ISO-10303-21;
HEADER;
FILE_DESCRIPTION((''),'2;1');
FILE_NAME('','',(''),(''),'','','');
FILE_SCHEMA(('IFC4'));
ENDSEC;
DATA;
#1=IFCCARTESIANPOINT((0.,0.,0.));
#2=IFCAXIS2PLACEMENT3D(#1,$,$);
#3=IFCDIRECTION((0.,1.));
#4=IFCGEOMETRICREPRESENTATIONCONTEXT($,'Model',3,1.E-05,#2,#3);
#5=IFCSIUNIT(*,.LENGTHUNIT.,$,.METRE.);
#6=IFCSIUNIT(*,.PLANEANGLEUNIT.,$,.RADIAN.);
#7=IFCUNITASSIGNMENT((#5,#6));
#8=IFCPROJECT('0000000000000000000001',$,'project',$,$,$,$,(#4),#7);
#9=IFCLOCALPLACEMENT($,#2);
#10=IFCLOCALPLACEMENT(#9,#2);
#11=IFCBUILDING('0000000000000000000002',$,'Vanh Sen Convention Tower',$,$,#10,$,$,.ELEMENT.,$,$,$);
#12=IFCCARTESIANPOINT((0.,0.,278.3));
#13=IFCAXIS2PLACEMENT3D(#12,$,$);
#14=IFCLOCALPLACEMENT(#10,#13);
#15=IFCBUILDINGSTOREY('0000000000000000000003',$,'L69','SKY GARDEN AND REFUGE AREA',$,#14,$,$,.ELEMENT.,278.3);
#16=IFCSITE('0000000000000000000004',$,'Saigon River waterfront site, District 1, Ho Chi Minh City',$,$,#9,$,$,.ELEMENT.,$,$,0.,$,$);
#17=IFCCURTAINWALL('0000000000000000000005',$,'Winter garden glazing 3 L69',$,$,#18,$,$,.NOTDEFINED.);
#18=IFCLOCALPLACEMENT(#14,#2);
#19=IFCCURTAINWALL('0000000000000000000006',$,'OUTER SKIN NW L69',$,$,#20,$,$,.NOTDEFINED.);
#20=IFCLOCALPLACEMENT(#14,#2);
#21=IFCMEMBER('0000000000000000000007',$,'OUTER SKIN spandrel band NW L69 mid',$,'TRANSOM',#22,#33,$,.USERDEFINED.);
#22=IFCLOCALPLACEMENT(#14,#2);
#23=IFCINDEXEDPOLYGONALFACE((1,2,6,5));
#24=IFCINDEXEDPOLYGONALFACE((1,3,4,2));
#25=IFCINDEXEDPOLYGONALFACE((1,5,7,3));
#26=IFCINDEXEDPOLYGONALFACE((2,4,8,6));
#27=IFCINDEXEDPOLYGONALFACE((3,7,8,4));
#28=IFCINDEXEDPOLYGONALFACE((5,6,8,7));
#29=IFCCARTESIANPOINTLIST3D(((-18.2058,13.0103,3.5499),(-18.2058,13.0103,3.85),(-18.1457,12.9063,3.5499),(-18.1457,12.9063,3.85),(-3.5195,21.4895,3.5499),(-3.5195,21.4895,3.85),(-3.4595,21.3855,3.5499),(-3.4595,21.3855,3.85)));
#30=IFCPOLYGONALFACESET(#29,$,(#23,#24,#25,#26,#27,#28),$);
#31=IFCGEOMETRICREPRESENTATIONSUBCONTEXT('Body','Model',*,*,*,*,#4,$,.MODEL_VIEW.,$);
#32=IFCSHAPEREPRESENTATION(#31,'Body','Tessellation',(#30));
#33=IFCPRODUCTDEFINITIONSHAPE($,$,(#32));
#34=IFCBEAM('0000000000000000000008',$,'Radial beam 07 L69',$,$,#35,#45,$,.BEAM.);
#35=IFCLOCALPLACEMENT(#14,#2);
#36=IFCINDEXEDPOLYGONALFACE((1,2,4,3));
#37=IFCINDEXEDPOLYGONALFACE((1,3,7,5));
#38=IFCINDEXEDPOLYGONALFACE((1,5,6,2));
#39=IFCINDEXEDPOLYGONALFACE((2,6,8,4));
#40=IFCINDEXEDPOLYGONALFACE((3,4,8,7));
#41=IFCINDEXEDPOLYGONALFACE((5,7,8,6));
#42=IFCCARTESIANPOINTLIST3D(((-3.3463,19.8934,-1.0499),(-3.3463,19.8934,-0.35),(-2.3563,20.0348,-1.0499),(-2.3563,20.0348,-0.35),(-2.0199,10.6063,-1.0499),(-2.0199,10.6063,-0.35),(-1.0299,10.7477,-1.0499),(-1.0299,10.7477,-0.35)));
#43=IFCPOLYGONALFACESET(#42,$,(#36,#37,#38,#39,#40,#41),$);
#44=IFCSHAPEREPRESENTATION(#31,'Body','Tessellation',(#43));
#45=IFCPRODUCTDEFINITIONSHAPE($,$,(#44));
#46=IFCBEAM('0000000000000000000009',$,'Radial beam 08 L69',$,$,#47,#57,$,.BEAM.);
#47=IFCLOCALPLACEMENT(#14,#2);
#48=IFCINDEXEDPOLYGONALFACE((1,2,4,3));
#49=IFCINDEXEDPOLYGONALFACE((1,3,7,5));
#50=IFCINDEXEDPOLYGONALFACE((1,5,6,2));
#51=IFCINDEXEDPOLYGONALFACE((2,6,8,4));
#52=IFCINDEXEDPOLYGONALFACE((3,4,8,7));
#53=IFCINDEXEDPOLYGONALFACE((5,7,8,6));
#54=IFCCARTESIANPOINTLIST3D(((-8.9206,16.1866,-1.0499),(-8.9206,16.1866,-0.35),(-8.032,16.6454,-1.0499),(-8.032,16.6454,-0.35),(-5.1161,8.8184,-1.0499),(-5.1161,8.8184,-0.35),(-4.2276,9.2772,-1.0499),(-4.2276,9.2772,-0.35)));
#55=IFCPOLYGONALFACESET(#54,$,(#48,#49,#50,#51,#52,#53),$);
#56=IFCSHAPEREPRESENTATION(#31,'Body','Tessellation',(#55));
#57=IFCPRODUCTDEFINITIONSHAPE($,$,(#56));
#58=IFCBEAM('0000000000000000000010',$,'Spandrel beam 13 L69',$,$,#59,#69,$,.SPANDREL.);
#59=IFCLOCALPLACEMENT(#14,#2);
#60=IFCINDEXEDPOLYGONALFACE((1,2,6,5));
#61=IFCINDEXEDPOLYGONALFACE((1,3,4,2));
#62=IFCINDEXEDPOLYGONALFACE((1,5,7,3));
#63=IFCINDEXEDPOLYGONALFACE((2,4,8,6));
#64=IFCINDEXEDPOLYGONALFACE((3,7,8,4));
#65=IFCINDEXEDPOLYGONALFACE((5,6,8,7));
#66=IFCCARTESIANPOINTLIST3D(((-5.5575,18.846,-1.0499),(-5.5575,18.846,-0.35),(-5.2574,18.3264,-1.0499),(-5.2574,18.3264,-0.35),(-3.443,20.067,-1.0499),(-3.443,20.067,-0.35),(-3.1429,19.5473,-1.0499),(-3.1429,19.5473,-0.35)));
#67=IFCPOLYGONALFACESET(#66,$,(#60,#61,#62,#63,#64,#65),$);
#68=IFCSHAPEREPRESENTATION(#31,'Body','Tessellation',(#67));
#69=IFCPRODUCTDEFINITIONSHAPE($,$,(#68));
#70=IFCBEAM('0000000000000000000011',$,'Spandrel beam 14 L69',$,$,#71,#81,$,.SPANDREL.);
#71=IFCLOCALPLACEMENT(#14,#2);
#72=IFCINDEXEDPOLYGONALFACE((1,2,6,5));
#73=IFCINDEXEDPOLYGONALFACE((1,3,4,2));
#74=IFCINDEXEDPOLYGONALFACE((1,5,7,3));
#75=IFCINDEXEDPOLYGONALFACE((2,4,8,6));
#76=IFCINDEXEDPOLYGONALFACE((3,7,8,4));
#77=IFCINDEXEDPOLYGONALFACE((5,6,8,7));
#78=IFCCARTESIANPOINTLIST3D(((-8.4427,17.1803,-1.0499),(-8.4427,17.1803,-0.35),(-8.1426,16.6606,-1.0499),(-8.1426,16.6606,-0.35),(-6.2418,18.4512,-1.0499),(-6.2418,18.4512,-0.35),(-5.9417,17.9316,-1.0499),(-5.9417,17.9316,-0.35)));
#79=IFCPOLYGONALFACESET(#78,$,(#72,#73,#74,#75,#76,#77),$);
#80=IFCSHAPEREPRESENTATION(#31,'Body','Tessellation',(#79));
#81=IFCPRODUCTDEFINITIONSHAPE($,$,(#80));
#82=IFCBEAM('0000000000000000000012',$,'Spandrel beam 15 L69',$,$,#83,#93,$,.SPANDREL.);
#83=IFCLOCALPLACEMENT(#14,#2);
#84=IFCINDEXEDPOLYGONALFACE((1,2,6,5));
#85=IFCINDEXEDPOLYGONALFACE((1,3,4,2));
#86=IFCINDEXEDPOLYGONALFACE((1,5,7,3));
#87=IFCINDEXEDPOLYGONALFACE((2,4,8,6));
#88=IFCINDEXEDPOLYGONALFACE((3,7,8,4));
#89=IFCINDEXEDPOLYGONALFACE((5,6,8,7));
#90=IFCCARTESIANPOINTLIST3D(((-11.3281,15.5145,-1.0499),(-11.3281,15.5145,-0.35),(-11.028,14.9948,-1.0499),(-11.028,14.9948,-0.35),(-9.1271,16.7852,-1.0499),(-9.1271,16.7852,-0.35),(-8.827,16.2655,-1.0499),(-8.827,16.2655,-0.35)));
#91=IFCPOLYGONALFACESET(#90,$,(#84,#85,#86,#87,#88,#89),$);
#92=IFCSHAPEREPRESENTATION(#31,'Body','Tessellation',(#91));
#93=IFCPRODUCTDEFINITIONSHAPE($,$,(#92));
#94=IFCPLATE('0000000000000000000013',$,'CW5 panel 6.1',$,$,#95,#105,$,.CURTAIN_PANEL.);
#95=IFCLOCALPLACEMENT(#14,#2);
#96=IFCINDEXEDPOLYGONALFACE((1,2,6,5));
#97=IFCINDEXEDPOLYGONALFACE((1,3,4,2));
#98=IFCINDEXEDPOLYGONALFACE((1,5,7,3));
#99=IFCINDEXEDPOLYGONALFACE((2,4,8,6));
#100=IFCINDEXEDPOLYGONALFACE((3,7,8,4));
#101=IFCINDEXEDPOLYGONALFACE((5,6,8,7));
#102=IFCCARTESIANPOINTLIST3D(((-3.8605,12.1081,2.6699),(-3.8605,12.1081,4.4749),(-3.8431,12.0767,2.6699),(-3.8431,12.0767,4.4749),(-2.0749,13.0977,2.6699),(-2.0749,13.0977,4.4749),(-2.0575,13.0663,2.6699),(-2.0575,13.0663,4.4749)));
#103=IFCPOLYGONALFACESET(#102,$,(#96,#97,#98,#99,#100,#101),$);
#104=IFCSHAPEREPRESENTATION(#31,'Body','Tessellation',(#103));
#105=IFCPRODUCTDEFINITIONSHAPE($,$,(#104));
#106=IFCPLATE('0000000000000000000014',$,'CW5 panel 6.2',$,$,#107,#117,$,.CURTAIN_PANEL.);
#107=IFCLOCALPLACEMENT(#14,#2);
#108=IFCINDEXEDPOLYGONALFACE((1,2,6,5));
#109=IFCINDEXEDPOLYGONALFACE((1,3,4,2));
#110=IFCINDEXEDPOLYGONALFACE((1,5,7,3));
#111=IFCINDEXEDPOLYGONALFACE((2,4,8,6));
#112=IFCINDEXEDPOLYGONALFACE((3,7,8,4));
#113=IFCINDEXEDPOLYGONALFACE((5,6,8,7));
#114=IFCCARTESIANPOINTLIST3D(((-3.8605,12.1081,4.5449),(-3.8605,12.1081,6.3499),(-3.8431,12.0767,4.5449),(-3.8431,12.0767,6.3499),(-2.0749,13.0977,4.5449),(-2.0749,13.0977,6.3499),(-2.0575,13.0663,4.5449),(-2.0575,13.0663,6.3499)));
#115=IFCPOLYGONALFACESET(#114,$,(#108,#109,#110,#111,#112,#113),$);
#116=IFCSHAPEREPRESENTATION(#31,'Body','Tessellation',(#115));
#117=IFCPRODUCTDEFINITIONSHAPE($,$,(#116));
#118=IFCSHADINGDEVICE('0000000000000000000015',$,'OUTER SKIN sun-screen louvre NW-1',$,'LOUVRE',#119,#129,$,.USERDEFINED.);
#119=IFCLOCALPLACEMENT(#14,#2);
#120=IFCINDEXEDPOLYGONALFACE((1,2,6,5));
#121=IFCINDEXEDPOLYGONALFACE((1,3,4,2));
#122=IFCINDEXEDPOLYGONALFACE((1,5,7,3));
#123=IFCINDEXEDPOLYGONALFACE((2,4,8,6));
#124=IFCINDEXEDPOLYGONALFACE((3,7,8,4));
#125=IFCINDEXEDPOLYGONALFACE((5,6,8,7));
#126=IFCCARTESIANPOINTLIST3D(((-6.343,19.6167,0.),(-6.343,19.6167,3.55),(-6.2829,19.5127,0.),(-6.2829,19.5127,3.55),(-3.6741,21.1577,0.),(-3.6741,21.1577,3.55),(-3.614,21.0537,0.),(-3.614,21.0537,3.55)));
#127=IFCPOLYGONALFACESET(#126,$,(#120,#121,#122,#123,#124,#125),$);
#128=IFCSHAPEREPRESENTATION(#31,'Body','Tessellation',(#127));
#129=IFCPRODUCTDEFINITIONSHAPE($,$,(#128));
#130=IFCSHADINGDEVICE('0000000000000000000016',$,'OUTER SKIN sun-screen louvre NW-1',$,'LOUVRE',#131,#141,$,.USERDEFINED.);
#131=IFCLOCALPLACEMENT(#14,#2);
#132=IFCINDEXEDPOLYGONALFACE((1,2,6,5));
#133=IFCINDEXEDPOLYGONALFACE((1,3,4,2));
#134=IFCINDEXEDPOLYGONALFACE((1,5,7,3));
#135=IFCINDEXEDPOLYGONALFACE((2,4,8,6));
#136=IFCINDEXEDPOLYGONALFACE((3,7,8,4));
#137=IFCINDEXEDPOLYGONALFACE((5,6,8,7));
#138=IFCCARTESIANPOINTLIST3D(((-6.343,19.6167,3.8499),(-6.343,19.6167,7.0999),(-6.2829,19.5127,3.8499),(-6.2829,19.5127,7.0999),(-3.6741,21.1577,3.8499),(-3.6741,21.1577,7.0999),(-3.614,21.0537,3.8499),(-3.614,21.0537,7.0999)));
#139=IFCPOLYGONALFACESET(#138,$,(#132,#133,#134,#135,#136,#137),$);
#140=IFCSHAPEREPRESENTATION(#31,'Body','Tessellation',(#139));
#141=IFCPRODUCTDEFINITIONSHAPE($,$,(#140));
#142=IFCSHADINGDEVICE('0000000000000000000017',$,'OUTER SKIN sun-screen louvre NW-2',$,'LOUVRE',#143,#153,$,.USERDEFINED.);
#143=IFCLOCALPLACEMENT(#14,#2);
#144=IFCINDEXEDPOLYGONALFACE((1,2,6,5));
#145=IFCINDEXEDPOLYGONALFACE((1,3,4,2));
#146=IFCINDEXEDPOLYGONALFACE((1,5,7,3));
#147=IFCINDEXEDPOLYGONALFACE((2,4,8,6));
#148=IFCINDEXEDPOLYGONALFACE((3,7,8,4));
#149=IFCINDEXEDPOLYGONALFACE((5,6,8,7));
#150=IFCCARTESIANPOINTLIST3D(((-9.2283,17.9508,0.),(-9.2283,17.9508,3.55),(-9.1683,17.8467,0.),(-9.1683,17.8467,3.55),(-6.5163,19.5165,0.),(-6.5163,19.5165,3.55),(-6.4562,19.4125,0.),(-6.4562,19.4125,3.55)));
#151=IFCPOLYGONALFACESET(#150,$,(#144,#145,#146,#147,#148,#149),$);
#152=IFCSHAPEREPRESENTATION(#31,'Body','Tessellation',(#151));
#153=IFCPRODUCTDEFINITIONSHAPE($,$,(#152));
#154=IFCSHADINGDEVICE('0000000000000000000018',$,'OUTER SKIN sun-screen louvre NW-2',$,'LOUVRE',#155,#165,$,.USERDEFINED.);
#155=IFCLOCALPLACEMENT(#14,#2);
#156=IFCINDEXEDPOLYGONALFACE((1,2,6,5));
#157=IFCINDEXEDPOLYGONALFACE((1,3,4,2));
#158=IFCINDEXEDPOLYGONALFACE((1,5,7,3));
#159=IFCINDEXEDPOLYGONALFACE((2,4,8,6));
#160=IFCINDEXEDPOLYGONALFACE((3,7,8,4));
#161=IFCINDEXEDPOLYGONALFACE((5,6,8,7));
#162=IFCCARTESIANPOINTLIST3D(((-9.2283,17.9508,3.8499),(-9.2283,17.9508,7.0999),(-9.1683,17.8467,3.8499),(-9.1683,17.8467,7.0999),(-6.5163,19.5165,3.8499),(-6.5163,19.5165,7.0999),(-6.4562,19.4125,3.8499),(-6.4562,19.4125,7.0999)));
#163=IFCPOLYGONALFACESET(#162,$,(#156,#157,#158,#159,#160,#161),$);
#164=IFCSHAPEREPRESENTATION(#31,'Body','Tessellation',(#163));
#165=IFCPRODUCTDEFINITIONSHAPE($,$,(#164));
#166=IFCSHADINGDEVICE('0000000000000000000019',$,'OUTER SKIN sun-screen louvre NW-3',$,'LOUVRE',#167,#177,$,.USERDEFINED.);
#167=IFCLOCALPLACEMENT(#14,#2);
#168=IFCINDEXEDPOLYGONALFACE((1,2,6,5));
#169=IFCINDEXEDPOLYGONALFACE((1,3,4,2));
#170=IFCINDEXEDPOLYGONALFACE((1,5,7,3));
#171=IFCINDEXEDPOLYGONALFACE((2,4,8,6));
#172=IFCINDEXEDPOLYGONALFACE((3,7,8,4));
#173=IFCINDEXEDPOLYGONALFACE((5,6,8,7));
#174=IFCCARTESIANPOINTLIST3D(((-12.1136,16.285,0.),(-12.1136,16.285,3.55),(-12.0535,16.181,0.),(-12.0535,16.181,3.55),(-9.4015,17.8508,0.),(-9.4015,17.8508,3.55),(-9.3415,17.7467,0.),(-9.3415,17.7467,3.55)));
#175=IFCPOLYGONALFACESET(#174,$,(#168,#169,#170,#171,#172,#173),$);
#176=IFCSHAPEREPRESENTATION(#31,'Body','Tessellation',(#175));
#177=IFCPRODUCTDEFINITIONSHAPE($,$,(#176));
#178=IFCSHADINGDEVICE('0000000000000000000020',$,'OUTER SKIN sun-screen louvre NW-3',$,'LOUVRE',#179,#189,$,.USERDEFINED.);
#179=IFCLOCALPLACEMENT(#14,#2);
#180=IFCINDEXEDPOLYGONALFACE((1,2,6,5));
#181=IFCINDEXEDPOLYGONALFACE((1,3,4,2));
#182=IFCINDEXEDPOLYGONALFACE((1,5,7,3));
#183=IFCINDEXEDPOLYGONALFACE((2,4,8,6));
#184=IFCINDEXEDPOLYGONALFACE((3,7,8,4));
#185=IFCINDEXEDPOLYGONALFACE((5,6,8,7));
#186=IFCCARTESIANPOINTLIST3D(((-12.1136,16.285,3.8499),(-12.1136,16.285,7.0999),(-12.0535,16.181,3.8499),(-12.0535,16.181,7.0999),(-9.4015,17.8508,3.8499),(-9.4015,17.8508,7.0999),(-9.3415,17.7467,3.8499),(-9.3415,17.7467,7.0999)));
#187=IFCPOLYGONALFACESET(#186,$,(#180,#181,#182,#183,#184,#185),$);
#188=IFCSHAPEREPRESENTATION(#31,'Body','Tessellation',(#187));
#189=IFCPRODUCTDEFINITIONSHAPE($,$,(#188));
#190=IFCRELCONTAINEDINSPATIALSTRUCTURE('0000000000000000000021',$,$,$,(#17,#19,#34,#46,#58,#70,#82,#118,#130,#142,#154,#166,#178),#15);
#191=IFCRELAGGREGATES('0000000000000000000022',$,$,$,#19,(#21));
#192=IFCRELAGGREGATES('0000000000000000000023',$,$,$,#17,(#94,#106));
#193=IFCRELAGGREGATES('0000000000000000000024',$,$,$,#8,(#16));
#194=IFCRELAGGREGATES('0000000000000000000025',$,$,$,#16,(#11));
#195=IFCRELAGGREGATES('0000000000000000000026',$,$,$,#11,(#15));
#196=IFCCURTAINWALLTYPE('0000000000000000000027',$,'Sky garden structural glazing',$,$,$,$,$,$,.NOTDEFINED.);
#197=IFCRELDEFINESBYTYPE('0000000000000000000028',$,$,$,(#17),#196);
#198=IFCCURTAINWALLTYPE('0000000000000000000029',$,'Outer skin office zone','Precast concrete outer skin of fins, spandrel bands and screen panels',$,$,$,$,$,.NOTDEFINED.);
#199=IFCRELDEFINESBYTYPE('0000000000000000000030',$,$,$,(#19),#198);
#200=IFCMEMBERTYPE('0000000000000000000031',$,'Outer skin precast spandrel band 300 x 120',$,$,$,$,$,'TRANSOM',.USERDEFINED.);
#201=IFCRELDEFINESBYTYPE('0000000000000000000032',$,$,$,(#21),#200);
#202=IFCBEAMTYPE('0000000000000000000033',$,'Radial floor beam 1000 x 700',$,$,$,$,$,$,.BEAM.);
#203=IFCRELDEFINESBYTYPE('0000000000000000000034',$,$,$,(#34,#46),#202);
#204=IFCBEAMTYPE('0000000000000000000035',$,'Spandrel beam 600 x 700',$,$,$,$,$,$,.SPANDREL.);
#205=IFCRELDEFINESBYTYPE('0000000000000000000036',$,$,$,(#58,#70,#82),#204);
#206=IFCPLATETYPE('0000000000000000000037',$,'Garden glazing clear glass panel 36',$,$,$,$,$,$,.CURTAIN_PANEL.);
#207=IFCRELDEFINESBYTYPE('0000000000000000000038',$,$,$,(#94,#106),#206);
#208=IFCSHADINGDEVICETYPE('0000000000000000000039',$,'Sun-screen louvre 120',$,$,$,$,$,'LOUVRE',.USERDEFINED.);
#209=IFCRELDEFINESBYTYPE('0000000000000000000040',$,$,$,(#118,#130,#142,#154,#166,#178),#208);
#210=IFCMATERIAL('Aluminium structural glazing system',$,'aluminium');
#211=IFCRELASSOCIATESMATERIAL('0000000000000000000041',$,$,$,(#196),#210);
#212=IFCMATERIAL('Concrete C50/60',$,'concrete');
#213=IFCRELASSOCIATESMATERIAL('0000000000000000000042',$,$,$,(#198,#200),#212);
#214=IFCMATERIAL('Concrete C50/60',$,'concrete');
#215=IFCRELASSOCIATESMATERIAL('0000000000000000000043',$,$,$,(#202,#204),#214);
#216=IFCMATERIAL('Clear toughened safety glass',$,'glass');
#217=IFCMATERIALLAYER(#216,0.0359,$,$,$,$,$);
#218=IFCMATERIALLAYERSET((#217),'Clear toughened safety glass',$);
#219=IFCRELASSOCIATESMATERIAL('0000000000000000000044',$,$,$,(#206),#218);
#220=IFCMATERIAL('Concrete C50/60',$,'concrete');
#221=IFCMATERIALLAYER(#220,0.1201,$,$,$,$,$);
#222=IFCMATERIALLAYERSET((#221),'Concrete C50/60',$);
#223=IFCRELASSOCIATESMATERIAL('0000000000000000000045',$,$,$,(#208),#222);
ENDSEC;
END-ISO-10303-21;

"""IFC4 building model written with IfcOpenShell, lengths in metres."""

from ifc_helpers import new_model, si_unit, direction, frame, origin, origin_2d, place, context, subcontext, project, spatial, rectangle, extrude, material, layer, layer_set, material_profile, profile_set, type_object, element, aggregate, save


model = new_model("IFC4")

# Units and contexts
model_context = context("Model", 3, precision=1e-05, world=origin(), true_north=direction((0.0, 1.0)))
body_context = subcontext(model_context, "Body", "Model", "MODEL_VIEW")
ifc_project = project(units=[si_unit("LENGTHUNIT", "METRE"), si_unit("PLANEANGLEUNIT", "RADIAN")], contexts=[model_context])

# Site, building, storey
site_placement = place(None, origin())
site = spatial("IfcSite", under=ifc_project, at=site_placement, Name="Saigon River waterfront site, District 1, Ho Chi Minh City", CompositionType="ELEMENT", RefElevation=0.0)
building_placement = place(site_placement, origin())
building = spatial("IfcBuilding", under=site, at=building_placement, Name="Vanh Sen Convention Tower", CompositionType="ELEMENT")
storey_placement = place(building_placement, frame((0.0, 0.0, 278.3)))
storey = spatial("IfcBuildingStorey", under=building, at=storey_placement, Name="L69", Description="SKY GARDEN AND REFUGE AREA", CompositionType="ELEMENT", Elevation=278.3)

# Curtain walls, member
ifc_material_1 = material(Name="Aluminium structural glazing system", Category="aluminium")
curtain_wall_type_1 = type_object("IfcCurtainWallType", Name="Sky garden structural glazing", PredefinedType="NOTDEFINED", material=ifc_material_1)
curtain_wall_1_placement = place(storey_placement, origin())
curtain_wall_1 = element("IfcCurtainWall", 1, at=curtain_wall_1_placement, inside=storey, type_object=curtain_wall_type_1, Name="Winter garden glazing 3 L69", PredefinedType="NOTDEFINED")
ifc_material_2 = material(Name="Concrete C50/60", Category="concrete")
curtain_wall_type_2 = type_object("IfcCurtainWallType", Name="Outer skin office zone", Description="Precast concrete outer skin of fins, spandrel bands and screen panels", PredefinedType="NOTDEFINED", material=ifc_material_2)
curtain_wall_2_placement = place(storey_placement, origin())
curtain_wall_2 = element("IfcCurtainWall", 2, at=curtain_wall_2_placement, inside=storey, type_object=curtain_wall_type_2, Name="OUTER SKIN NW L69", PredefinedType="NOTDEFINED")
ifc_material_profile_1 = material_profile(ifc_material_2, rectangle(XDim=0.1201, YDim=0.3, at=origin_2d()), Name="Outer skin precast spandrel band 300 x 120")
ifc_profile_set_1 = profile_set([ifc_material_profile_1], Name="Concrete C50/60")
member_type_1 = type_object("IfcMemberType", Name="Outer skin precast spandrel band 300 x 120", ElementType="TRANSOM", PredefinedType="USERDEFINED", material=ifc_profile_set_1)
member_1_placement = place(storey_placement, frame((-3.4895, 21.4375, 3.7), z_axis=(-0.866022, -0.500005, 0.0), x_axis=(0.500005, -0.866022, 0.0)))
member_1 = element("IfcMember", 3, at=member_1_placement, type_object=member_type_1, Name="OUTER SKIN spandrel band NW L69 mid", ObjectType="TRANSOM", PredefinedType="USERDEFINED", context=body_context, shape_type="SweptSolid", body=[
    extrude(rectangle(XDim=0.1201, YDim=0.3, at=origin_2d()), origin(), (0.0, 0.0, 1.0), 16.9583),
])
aggregate(curtain_wall_2, [member_1])

# Beams
ifc_material_3 = material(Name="Concrete C50/60", Category="concrete")
ifc_material_profile_2 = material_profile(ifc_material_3, rectangle(XDim=1.0, YDim=0.7, at=origin_2d()), Name="RC 1000X700")
ifc_profile_set_2 = profile_set([ifc_material_profile_2], Name="Concrete C50/60")
beam_type_1 = type_object("IfcBeamType", Name="Radial floor beam 1000 x 700", PredefinedType="BEAM", material=ifc_profile_set_2)
beam_1_placement = place(storey_placement, frame((-2.8513, 19.9641, -0.7), z_axis=(0.141389, -0.989954, 0.0), x_axis=(0.989954, 0.141389, 0.0)))
element("IfcBeam", 4, at=beam_1_placement, inside=storey, type_object=beam_type_1, Name="Radial beam 07 L69", PredefinedType="BEAM", context=body_context, shape_type="SweptSolid", body=[
    extrude(rectangle(XDim=1.0, YDim=0.7, at=origin_2d()), origin(), (0.0, 0.0, 1.0), 9.3813),
])
beam_2_placement = place(storey_placement, frame((-8.4763, 16.416, -0.7), z_axis=(0.458788, -0.888546, 0.0), x_axis=(0.888546, 0.458788, 0.0)))
element("IfcBeam", 5, at=beam_2_placement, inside=storey, type_object=beam_type_1, Name="Radial beam 08 L69", PredefinedType="BEAM", context=body_context, shape_type="SweptSolid", body=[
    extrude(rectangle(XDim=1.0, YDim=0.7, at=origin_2d()), origin(), (0.0, 0.0, 1.0), 8.2925),
])
ifc_material_profile_3 = material_profile(ifc_material_3, rectangle(XDim=0.6001, YDim=0.7, at=origin_2d()), Name="RC 600X700")
ifc_profile_set_3 = profile_set([ifc_material_profile_3], Name="Concrete C50/60")
beam_type_2 = type_object("IfcBeamType", Name="Spandrel beam 600 x 700", PredefinedType="SPANDREL", material=ifc_profile_set_3)
beam_3_placement = place(storey_placement, frame((-3.293, 19.8071, -0.7), z_axis=(-0.866001, -0.500043, 0.0), x_axis=(0.500043, -0.866001, 0.0)))
element("IfcBeam", 6, at=beam_3_placement, inside=storey, type_object=beam_type_2, Name="Spandrel beam 13 L69", PredefinedType="SPANDREL", context=body_context, shape_type="SweptSolid", body=[
    extrude(rectangle(XDim=0.6001, YDim=0.7, at=origin_2d()), origin(), (0.0, 0.0, 1.0), 2.4417),
])
for number, where, z_axis, x_axis, name in (
    (7, (-6.0918, 18.1914, -0.7), (-0.865976, -0.500086, 0.0), (0.500086, -0.865976, 0.0), "Spandrel beam 14 L69"),
    (8, (-8.9771, 16.5254, -0.7), (-0.866018, -0.500013, 0.0), (0.500013, -0.866018, 0.0), "Spandrel beam 15 L69"),
):
    element("IfcBeam", number, at=place(storey_placement, frame(where, z_axis=z_axis, x_axis=x_axis)), inside=storey, type_object=beam_type_2, Name=name, PredefinedType="SPANDREL", context=body_context, shape_type="SweptSolid", body=[
        extrude(rectangle(XDim=0.6001, YDim=0.7, at=origin_2d()), origin(), (0.0, 0.0, 1.0), 2.5415),
    ])

# Plates
ifc_material_4 = material(Name="Clear toughened safety glass", Category="glass")
ifc_layer_1 = layer(ifc_material_4, 0.0359)
ifc_layer_set_1 = layer_set([ifc_layer_1], Name="Clear toughened safety glass")
plate_type = type_object("IfcPlateType", Name="Garden glazing clear glass panel 36", PredefinedType="CURTAIN_PANEL", material=ifc_layer_set_1)
plate_1_placement = place(storey_placement, frame((-2.959, 12.5872, 2.6699), z_axis=(0.0, 0.0, 1.0), x_axis=(0.874659, 0.484739, 0.0)))
plate_1 = element("IfcPlate", 9, at=plate_1_placement, type_object=plate_type, Name="CW5 panel 6.1", PredefinedType="CURTAIN_PANEL", context=body_context, shape_type="SweptSolid", body=[
    extrude(rectangle(XDim=2.0415, YDim=0.0359, at=origin_2d()), origin(), (0.0, 0.0, 1.0), 1.8049),
])
plate_2_placement = place(storey_placement, frame((-2.959, 12.5872, 4.5449), z_axis=(0.0, 0.0, 1.0), x_axis=(0.874659, 0.484739, 0.0)))
plate_2 = element("IfcPlate", 10, at=plate_2_placement, type_object=plate_type, Name="CW5 panel 6.2", PredefinedType="CURTAIN_PANEL", context=body_context, shape_type="SweptSolid", body=[
    extrude(rectangle(XDim=2.0415, YDim=0.0359, at=origin_2d()), origin(), (0.0, 0.0, 1.0), 1.8049),
])
aggregate(curtain_wall_1, [plate_1, plate_2])

# Shading devices
ifc_material_5 = material(Name="Concrete C50/60", Category="concrete")
ifc_layer_2 = layer(ifc_material_5, 0.1201)
ifc_layer_set_2 = layer_set([ifc_layer_2], Name="Concrete C50/60")
shading_device_type = type_object("IfcShadingDeviceType", Name="Sun-screen louvre 120", ElementType="LOUVRE", PredefinedType="USERDEFINED", material=ifc_layer_set_2)
shading_device_1_placement = place(storey_placement, frame((-4.9785, 20.3352, 0.0), z_axis=(0.0, 0.0, 1.0), x_axis=(-0.866016, -0.500017, 0.0)))
element("IfcShadingDevice", 11, at=shading_device_1_placement, inside=storey, type_object=shading_device_type, Name="OUTER SKIN sun-screen louvre NW-1", ObjectType="LOUVRE", PredefinedType="USERDEFINED", context=body_context, shape_type="SweptSolid", body=[
    extrude(rectangle(XDim=3.0818, YDim=0.1201, at=origin_2d()), origin(), (0.0, 0.0, 1.0), 3.55),
])
shading_device_2_placement = place(storey_placement, frame((-4.9785, 20.3352, 3.8499), z_axis=(0.0, 0.0, 1.0), x_axis=(-0.866016, -0.500017, 0.0)))
element("IfcShadingDevice", 12, at=shading_device_2_placement, inside=storey, type_object=shading_device_type, Name="OUTER SKIN sun-screen louvre NW-1", ObjectType="LOUVRE", PredefinedType="USERDEFINED", context=body_context, shape_type="SweptSolid", body=[
    extrude(rectangle(XDim=3.0818, YDim=0.1201, at=origin_2d()), origin(), (0.0, 0.0, 1.0), 3.25),
])
shading_device_3_placement = place(storey_placement, frame((-7.8423, 18.6816, 0.0), z_axis=(0.0, 0.0, 1.0), x_axis=(-0.866029, -0.499994, 0.0)))
element("IfcShadingDevice", 13, at=shading_device_3_placement, inside=storey, type_object=shading_device_type, Name="OUTER SKIN sun-screen louvre NW-2", ObjectType="LOUVRE", PredefinedType="USERDEFINED", context=body_context, shape_type="SweptSolid", body=[
    extrude(rectangle(XDim=3.1316, YDim=0.1201, at=origin_2d()), origin(), (0.0, 0.0, 1.0), 3.55),
])
shading_device_4_placement = place(storey_placement, frame((-7.8423, 18.6816, 3.8499), z_axis=(0.0, 0.0, 1.0), x_axis=(-0.866029, -0.499994, 0.0)))
element("IfcShadingDevice", 14, at=shading_device_4_placement, inside=storey, type_object=shading_device_type, Name="OUTER SKIN sun-screen louvre NW-2", ObjectType="LOUVRE", PredefinedType="USERDEFINED", context=body_context, shape_type="SweptSolid", body=[
    extrude(rectangle(XDim=3.1316, YDim=0.1201, at=origin_2d()), origin(), (0.0, 0.0, 1.0), 3.25),
])
shading_device_5_placement = place(storey_placement, frame((-10.7275, 17.0159, 0.0), z_axis=(0.0, 0.0, 1.0), x_axis=(-0.866029, -0.499994, 0.0)))
element("IfcShadingDevice", 15, at=shading_device_5_placement, inside=storey, type_object=shading_device_type, Name="OUTER SKIN sun-screen louvre NW-3", ObjectType="LOUVRE", PredefinedType="USERDEFINED", context=body_context, shape_type="SweptSolid", body=[
    extrude(rectangle(XDim=3.1316, YDim=0.1201, at=origin_2d()), origin(), (0.0, 0.0, 1.0), 3.55),
])
shading_device_6_placement = place(storey_placement, frame((-10.7275, 17.0159, 3.8499), z_axis=(0.0, 0.0, 1.0), x_axis=(-0.866029, -0.499994, 0.0)))
element("IfcShadingDevice", 16, at=shading_device_6_placement, inside=storey, type_object=shading_device_type, Name="OUTER SKIN sun-screen louvre NW-3", ObjectType="LOUVRE", PredefinedType="USERDEFINED", context=body_context, shape_type="SweptSolid", body=[
    extrude(rectangle(XDim=3.1316, YDim=0.1201, at=origin_2d()), origin(), (0.0, 0.0, 1.0), 3.25),
])

save(model, "model.ifc")
